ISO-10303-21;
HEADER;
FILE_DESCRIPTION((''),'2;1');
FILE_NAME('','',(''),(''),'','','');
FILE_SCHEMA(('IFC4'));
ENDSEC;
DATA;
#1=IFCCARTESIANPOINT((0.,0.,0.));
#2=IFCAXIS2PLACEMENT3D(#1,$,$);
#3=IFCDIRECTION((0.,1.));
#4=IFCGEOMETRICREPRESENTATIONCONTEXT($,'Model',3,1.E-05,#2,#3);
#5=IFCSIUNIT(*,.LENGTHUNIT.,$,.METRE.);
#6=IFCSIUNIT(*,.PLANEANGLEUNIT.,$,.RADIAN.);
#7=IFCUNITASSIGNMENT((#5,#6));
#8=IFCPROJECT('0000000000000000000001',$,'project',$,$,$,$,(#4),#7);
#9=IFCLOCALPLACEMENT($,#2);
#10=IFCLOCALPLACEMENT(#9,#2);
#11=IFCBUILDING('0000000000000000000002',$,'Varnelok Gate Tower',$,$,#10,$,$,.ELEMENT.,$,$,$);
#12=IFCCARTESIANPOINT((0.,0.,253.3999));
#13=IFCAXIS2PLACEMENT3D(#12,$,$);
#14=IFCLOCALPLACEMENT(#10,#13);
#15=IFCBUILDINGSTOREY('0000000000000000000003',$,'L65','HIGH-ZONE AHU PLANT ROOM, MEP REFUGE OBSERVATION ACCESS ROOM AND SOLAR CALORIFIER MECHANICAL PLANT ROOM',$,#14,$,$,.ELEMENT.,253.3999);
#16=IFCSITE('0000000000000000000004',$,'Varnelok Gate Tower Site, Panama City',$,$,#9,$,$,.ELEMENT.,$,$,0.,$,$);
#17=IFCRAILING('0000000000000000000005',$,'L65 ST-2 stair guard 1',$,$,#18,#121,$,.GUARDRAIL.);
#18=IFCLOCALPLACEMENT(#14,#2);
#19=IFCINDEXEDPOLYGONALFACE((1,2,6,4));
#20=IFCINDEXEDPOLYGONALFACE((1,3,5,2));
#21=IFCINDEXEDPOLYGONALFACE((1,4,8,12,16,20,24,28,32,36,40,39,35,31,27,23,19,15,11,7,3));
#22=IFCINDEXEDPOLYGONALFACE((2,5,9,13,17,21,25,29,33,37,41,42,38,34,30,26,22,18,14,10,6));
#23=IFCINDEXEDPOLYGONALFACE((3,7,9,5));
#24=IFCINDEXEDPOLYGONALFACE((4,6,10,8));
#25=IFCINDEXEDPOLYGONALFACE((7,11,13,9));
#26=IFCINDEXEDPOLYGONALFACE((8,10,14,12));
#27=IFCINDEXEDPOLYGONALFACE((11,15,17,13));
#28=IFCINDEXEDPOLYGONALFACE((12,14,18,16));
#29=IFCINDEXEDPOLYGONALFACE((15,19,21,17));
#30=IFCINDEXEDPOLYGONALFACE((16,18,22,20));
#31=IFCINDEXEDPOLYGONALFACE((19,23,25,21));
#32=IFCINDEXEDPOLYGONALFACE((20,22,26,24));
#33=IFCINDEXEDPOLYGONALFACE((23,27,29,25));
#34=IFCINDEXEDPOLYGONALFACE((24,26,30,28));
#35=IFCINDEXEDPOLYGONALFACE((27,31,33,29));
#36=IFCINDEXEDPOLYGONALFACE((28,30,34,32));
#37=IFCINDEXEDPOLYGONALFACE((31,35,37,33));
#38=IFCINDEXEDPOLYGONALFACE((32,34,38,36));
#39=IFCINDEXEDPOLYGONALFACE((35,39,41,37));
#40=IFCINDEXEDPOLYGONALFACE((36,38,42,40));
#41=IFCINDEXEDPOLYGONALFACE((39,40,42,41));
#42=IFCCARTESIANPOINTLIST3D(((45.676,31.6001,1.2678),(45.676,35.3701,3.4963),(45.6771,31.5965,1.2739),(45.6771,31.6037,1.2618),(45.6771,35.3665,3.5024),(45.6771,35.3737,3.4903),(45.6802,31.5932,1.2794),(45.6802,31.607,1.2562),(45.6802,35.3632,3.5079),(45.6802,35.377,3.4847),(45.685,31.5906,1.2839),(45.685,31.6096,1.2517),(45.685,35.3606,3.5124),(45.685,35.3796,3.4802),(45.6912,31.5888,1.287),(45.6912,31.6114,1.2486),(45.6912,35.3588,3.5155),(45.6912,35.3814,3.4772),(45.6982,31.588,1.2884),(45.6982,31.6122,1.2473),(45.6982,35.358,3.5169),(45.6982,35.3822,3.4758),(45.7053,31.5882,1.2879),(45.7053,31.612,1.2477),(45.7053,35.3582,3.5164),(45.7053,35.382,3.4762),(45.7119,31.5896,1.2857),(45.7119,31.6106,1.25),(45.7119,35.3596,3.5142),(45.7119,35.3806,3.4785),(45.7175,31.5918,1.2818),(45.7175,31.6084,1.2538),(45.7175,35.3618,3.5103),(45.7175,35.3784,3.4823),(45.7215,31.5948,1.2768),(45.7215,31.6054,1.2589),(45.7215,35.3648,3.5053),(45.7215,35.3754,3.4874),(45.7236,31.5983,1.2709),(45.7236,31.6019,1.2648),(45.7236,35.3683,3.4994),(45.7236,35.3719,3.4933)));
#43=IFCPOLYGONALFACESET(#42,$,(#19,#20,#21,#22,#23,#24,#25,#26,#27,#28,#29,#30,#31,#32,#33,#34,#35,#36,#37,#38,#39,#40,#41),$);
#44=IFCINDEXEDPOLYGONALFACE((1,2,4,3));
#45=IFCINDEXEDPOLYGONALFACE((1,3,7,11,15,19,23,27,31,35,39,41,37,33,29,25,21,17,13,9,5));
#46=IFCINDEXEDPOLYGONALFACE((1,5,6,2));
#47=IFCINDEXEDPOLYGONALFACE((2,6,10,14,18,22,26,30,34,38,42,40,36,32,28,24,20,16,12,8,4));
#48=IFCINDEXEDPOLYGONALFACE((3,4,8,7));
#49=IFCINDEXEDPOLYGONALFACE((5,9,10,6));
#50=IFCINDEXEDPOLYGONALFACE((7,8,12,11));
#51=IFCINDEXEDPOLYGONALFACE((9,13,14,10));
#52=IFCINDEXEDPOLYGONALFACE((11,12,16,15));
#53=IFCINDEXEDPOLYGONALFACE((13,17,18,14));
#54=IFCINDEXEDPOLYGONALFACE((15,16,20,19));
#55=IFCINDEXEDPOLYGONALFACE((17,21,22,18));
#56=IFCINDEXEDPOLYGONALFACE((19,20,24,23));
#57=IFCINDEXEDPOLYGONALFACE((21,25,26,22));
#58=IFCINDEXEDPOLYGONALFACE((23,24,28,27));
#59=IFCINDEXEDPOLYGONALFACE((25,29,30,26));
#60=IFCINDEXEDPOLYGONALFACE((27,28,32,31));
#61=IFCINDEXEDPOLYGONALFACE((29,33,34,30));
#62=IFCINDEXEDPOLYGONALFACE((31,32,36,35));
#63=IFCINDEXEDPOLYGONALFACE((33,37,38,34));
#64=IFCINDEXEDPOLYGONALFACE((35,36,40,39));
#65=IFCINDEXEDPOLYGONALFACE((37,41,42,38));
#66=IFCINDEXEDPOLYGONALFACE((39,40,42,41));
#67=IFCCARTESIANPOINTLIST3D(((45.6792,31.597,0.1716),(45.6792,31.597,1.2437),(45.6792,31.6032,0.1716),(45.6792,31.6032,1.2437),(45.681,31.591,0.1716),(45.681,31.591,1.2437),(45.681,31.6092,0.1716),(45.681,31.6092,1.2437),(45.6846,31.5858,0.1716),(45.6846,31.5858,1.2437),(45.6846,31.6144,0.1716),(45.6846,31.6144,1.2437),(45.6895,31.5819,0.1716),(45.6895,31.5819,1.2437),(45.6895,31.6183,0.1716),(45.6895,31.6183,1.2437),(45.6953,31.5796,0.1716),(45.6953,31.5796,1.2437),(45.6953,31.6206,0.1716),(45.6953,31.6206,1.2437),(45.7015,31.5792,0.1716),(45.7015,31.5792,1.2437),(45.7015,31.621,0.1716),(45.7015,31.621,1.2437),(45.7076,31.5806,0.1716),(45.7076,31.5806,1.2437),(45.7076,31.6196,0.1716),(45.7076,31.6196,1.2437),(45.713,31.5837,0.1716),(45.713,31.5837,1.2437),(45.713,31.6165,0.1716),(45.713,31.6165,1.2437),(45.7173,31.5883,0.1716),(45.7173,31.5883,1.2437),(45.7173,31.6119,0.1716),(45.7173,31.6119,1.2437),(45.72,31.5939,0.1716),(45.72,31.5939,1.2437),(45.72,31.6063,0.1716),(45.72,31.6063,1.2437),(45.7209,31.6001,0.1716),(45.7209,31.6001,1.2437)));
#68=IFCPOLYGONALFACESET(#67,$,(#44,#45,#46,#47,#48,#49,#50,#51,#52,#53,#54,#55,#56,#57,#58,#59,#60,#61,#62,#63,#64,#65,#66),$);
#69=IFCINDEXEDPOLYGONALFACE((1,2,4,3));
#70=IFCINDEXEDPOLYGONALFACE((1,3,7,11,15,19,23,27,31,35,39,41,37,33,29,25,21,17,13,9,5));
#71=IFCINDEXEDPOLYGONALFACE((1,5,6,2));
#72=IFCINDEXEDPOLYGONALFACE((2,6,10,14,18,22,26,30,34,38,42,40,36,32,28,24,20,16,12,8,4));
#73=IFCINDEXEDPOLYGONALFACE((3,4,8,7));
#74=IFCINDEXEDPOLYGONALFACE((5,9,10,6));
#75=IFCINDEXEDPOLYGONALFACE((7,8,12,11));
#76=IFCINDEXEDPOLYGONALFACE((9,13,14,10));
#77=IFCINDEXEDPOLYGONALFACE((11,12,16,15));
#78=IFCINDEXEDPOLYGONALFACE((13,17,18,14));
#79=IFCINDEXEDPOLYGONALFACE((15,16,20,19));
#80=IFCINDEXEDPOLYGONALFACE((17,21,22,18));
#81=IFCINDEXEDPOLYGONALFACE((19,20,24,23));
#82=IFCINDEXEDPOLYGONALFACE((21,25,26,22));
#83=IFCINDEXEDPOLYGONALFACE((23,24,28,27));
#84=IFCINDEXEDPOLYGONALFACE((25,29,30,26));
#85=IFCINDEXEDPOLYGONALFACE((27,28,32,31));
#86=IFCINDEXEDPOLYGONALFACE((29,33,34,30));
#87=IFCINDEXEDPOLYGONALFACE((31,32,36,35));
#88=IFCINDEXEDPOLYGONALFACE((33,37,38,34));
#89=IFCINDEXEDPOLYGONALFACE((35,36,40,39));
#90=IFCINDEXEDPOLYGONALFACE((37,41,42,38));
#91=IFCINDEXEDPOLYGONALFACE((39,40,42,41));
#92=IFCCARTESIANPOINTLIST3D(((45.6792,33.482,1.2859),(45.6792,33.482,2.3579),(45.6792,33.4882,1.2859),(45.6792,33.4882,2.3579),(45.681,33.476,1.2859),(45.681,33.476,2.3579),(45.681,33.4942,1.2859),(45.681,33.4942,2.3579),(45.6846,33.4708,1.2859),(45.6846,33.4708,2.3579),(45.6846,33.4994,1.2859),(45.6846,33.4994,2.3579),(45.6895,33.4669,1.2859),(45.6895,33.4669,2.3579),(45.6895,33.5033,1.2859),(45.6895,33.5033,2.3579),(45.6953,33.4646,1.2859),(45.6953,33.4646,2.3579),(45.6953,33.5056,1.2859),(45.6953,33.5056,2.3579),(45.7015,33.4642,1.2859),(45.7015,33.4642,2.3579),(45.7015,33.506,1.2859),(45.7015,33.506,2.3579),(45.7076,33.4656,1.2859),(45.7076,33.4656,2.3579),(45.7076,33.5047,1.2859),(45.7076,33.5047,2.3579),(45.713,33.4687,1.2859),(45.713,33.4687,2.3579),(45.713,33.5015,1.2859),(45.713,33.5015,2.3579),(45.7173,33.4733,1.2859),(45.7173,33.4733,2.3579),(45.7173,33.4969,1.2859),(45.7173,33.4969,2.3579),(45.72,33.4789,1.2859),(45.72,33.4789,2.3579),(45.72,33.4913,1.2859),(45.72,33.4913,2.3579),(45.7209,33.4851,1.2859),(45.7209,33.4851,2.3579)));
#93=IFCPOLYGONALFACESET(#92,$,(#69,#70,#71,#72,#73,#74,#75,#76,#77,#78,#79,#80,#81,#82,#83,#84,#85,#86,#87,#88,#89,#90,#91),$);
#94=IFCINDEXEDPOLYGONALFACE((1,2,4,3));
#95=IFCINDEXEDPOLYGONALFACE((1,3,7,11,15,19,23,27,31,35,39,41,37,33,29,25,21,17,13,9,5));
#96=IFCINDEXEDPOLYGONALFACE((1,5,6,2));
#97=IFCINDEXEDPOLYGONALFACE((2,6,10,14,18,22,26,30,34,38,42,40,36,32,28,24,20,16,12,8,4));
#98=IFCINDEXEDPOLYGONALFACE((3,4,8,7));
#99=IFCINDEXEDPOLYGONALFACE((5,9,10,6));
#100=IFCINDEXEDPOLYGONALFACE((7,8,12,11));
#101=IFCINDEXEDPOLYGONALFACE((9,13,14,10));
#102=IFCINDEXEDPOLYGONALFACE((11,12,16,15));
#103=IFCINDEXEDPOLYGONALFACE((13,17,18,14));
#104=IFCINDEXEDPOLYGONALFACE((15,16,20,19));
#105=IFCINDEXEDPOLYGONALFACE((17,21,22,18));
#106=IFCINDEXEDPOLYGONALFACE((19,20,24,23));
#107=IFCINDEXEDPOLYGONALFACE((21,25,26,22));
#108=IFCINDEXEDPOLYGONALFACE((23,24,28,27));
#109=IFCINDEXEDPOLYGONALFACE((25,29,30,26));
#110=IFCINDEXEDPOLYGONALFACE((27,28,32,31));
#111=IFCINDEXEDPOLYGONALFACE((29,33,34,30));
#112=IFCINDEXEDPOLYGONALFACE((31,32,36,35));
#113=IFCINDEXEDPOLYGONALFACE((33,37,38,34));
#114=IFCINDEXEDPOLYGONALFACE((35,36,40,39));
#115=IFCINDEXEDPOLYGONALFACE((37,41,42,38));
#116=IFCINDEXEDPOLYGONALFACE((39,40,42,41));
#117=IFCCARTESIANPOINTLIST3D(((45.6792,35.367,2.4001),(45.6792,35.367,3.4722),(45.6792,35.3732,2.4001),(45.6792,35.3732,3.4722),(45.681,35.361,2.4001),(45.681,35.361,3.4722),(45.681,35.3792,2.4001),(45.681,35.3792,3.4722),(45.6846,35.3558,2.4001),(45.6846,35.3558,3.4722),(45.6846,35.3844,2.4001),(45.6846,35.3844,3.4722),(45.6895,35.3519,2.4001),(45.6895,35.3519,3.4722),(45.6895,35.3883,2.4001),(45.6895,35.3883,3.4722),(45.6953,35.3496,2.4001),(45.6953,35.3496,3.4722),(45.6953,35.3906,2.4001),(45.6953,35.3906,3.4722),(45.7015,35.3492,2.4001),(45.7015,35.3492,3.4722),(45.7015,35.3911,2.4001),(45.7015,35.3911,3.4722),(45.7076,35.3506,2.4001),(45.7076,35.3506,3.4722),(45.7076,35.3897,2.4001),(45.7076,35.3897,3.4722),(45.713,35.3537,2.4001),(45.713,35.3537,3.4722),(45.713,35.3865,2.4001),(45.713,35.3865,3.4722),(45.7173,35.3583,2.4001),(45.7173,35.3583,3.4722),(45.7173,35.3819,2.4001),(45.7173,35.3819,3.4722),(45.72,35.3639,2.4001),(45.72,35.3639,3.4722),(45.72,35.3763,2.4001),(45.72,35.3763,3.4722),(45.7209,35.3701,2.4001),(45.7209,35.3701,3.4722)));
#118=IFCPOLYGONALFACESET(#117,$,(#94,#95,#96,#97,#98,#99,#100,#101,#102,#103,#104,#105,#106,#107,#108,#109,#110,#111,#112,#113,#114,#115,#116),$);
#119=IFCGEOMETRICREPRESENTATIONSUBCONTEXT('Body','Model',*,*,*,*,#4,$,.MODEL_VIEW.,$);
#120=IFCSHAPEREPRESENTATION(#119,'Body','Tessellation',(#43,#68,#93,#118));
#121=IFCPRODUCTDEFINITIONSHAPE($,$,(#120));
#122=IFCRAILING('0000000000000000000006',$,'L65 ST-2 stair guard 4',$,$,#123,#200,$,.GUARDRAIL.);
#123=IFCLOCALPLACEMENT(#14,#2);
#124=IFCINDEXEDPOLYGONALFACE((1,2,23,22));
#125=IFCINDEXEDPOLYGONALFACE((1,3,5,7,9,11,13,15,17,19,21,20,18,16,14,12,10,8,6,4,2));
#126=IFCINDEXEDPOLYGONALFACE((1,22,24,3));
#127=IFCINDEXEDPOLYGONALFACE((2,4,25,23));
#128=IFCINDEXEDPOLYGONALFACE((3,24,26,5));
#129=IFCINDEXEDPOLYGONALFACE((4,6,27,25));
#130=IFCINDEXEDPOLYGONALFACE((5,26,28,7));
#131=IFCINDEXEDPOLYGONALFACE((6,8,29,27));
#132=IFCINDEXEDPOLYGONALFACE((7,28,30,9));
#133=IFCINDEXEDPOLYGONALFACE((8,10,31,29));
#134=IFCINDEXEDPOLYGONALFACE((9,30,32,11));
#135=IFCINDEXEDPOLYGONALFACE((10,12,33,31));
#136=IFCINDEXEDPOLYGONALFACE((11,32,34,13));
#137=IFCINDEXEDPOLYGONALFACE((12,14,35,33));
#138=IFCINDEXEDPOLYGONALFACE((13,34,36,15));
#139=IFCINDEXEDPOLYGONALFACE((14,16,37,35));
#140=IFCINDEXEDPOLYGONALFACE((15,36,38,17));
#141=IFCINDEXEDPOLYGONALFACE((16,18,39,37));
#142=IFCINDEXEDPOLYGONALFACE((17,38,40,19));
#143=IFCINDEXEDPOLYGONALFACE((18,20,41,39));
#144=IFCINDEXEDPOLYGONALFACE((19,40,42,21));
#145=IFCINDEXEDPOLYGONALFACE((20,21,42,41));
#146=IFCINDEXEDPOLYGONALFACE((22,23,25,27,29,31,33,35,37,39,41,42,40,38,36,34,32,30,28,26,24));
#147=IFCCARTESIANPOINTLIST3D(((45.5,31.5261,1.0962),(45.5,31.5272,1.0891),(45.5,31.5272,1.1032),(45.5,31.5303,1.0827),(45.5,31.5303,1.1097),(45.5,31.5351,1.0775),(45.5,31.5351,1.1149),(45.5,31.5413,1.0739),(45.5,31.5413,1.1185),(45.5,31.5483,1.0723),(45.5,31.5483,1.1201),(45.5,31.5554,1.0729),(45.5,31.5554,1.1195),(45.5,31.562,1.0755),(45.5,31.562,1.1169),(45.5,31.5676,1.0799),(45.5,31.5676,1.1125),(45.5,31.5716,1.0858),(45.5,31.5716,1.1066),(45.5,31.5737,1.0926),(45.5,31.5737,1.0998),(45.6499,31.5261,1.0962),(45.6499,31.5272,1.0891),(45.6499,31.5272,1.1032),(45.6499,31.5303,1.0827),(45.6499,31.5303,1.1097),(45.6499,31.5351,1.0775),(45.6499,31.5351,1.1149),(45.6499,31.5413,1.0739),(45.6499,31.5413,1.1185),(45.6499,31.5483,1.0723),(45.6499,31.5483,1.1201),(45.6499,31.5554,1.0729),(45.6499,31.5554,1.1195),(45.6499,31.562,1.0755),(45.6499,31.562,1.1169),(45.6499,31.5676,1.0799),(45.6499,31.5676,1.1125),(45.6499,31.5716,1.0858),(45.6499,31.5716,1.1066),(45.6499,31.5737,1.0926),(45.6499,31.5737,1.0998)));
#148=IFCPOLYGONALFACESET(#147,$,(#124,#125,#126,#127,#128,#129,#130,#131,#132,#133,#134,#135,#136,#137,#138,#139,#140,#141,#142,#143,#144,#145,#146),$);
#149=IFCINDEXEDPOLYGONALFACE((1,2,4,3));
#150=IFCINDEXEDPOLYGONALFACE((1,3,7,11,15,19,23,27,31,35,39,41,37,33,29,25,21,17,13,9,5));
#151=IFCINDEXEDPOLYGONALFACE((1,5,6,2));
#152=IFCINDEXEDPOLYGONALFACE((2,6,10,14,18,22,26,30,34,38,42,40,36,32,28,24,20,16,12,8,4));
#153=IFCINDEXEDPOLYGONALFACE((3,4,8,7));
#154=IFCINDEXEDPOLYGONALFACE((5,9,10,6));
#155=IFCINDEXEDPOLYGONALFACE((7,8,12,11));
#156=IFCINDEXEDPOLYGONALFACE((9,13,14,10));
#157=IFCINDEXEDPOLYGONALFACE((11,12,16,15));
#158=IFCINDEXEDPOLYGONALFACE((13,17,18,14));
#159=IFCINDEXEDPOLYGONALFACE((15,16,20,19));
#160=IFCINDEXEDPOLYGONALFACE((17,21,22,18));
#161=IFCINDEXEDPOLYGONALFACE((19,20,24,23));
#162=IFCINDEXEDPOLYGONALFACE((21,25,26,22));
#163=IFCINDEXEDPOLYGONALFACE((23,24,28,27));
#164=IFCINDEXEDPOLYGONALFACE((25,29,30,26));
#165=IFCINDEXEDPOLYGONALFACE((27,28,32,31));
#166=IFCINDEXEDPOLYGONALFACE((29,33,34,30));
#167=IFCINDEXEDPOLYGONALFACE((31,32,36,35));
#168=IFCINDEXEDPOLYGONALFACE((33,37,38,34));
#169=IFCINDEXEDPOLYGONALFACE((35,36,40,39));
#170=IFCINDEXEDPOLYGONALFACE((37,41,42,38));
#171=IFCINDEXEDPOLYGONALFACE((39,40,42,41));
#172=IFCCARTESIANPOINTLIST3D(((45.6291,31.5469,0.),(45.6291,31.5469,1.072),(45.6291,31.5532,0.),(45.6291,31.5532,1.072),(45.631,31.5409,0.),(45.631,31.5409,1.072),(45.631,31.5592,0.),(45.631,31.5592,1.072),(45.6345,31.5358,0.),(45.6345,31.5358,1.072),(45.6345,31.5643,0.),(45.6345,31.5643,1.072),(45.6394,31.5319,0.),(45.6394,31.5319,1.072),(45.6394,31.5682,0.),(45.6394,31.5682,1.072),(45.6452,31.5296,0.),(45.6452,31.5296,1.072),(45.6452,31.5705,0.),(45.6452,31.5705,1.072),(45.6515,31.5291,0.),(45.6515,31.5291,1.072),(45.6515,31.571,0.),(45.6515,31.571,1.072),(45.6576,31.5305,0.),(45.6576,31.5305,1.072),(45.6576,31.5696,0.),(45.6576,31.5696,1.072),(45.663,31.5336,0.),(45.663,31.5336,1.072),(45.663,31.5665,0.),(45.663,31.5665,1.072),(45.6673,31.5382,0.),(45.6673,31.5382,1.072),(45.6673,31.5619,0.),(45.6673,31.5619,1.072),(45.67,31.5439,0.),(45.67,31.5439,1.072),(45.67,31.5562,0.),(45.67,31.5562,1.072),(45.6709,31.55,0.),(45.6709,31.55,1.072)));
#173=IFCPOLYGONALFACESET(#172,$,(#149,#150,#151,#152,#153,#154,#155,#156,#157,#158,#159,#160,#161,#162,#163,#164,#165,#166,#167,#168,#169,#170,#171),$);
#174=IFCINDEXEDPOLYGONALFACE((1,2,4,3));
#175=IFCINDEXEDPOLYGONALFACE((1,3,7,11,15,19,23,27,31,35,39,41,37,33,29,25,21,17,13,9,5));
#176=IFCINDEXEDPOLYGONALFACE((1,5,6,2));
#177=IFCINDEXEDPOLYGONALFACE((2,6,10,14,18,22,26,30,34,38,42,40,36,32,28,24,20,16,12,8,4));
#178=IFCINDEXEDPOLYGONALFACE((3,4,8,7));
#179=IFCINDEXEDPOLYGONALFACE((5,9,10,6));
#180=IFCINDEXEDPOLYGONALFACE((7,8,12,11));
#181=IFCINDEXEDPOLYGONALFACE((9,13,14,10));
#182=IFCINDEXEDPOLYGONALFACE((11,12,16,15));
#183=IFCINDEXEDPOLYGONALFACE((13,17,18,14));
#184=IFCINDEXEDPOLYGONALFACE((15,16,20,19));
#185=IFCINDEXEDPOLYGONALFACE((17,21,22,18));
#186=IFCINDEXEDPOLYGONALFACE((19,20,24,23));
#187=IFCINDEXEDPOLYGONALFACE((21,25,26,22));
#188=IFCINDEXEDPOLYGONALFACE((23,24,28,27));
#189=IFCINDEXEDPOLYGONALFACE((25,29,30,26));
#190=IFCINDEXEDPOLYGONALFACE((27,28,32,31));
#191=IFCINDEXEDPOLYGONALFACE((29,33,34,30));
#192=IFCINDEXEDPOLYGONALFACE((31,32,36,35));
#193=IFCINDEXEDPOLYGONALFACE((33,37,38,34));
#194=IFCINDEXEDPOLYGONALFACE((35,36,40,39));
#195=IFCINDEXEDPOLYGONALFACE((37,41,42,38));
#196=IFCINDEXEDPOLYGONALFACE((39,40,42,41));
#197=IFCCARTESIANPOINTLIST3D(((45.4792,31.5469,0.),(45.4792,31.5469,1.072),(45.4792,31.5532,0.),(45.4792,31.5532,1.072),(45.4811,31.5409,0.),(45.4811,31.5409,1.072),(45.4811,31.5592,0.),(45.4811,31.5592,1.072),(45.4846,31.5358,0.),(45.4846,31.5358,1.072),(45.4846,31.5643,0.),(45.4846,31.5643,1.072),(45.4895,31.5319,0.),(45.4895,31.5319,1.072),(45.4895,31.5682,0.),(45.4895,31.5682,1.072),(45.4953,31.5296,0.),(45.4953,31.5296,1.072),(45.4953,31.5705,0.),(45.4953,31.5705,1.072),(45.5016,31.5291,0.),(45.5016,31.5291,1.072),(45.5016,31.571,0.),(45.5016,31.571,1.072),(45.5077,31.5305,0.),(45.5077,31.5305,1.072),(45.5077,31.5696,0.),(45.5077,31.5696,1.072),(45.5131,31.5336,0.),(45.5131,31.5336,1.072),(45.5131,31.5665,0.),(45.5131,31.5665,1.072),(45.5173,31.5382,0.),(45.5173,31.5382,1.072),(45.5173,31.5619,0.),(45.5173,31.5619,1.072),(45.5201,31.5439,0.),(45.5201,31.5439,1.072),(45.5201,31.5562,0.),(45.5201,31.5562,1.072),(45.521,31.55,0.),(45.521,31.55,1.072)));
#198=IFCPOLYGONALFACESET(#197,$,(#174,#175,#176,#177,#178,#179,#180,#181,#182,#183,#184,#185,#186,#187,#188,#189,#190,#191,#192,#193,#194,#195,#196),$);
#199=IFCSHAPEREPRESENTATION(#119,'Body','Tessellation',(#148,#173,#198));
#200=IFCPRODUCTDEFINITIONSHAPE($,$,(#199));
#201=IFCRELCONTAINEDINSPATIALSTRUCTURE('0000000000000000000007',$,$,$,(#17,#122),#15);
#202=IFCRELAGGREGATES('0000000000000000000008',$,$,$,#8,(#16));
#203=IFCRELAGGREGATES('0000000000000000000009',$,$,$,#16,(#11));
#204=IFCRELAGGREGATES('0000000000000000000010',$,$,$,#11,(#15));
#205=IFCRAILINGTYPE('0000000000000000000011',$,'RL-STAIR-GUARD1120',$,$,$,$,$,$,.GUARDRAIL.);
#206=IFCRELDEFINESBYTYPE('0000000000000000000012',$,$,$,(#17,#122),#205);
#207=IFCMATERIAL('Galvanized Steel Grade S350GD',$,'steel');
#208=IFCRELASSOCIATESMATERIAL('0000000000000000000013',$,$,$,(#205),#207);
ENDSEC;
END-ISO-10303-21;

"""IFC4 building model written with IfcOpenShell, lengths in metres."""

from ifc_helpers import new_model, si_unit, direction, frame, origin, origin_2d, place, context, subcontext, project, spatial, circle, extrude, material, type_object, element, save


model = new_model("IFC4")

# Units and contexts
model_context = context("Model", 3, precision=1e-05, world=origin(), true_north=direction((0.0, 1.0)))
body_context = subcontext(model_context, "Body", "Model", "MODEL_VIEW")
ifc_project = project(units=[si_unit("LENGTHUNIT", "METRE"), si_unit("PLANEANGLEUNIT", "RADIAN")], contexts=[model_context])

# Site, building, storey
site_placement = place(None, origin())
site = spatial("IfcSite", under=ifc_project, at=site_placement, Name="Varnelok Gate Tower Site, Panama City", CompositionType="ELEMENT", RefElevation=0.0)
building_placement = place(site_placement, origin())
building = spatial("IfcBuilding", under=site, at=building_placement, Name="Varnelok Gate Tower", CompositionType="ELEMENT")
storey_placement = place(building_placement, frame((0.0, 0.0, 253.3999)))
storey = spatial("IfcBuildingStorey", under=building, at=storey_placement, Name="L65", Description="HIGH-ZONE AHU PLANT ROOM, MEP REFUGE OBSERVATION ACCESS ROOM AND SOLAR CALORIFIER MECHANICAL PLANT ROOM", CompositionType="ELEMENT", Elevation=253.3999)

# Shared definitions
ifc_material_1 = material(Name="Galvanized Steel Grade S350GD", Category="steel")

# Railings
railing_type_1 = type_object("IfcRailingType", Name="RL-STAIR-GUARD1120", PredefinedType="GUARDRAIL", material=ifc_material_1)
railing_1_placement = place(storey_placement, frame((45.7, 31.6001, 0.1716)))
element("IfcRailing", 1, at=railing_1_placement, inside=storey, type_object=railing_type_1, Name="L65 ST-2 stair guard 1", PredefinedType="GUARDRAIL", context=body_context, shape_type="SweptSolid", body=[
    extrude(circle(Radius=0.0239, at=origin_2d()), frame((0.0, 0.0, 1.0962), z_axis=(0.0, 0.860849, 0.508861), x_axis=(-1.0, 0.0, 0.0)), (0.0, 0.0, 1.0), 4.3794),
    extrude(circle(Radius=0.021, at=origin_2d()), origin(), (0.0, 0.0, 1.0), 1.072),
    extrude(circle(Radius=0.021, at=origin_2d()), frame((0.0, 1.885, 1.1143)), (0.0, 0.0, 1.0), 1.072),
    extrude(circle(Radius=0.021, at=origin_2d()), frame((0.0, 3.77, 2.2285)), (0.0, 0.0, 1.0), 1.072),
])
railing_2_placement = place(storey_placement, frame((45.6499, 31.55, 0.0)))
element("IfcRailing", 2, at=railing_2_placement, inside=storey, type_object=railing_type_1, Name="L65 ST-2 stair guard 4", PredefinedType="GUARDRAIL", context=body_context, shape_type="SweptSolid", body=[
    extrude(circle(Radius=0.0239, at=origin_2d()), frame((0.0, 0.0, 1.0962), z_axis=(-1.0, 0.0, 0.0), x_axis=(0.0, -1.0, 0.0)), (0.0, 0.0, 1.0), 0.1499),
    extrude(circle(Radius=0.021, at=origin_2d()), origin(), (0.0, 0.0, 1.0), 1.072),
    extrude(circle(Radius=0.021, at=origin_2d()), frame((-0.1499, 0.0, 0.0)), (0.0, 0.0, 1.0), 1.072),
])

save(model, "model.ifc")
